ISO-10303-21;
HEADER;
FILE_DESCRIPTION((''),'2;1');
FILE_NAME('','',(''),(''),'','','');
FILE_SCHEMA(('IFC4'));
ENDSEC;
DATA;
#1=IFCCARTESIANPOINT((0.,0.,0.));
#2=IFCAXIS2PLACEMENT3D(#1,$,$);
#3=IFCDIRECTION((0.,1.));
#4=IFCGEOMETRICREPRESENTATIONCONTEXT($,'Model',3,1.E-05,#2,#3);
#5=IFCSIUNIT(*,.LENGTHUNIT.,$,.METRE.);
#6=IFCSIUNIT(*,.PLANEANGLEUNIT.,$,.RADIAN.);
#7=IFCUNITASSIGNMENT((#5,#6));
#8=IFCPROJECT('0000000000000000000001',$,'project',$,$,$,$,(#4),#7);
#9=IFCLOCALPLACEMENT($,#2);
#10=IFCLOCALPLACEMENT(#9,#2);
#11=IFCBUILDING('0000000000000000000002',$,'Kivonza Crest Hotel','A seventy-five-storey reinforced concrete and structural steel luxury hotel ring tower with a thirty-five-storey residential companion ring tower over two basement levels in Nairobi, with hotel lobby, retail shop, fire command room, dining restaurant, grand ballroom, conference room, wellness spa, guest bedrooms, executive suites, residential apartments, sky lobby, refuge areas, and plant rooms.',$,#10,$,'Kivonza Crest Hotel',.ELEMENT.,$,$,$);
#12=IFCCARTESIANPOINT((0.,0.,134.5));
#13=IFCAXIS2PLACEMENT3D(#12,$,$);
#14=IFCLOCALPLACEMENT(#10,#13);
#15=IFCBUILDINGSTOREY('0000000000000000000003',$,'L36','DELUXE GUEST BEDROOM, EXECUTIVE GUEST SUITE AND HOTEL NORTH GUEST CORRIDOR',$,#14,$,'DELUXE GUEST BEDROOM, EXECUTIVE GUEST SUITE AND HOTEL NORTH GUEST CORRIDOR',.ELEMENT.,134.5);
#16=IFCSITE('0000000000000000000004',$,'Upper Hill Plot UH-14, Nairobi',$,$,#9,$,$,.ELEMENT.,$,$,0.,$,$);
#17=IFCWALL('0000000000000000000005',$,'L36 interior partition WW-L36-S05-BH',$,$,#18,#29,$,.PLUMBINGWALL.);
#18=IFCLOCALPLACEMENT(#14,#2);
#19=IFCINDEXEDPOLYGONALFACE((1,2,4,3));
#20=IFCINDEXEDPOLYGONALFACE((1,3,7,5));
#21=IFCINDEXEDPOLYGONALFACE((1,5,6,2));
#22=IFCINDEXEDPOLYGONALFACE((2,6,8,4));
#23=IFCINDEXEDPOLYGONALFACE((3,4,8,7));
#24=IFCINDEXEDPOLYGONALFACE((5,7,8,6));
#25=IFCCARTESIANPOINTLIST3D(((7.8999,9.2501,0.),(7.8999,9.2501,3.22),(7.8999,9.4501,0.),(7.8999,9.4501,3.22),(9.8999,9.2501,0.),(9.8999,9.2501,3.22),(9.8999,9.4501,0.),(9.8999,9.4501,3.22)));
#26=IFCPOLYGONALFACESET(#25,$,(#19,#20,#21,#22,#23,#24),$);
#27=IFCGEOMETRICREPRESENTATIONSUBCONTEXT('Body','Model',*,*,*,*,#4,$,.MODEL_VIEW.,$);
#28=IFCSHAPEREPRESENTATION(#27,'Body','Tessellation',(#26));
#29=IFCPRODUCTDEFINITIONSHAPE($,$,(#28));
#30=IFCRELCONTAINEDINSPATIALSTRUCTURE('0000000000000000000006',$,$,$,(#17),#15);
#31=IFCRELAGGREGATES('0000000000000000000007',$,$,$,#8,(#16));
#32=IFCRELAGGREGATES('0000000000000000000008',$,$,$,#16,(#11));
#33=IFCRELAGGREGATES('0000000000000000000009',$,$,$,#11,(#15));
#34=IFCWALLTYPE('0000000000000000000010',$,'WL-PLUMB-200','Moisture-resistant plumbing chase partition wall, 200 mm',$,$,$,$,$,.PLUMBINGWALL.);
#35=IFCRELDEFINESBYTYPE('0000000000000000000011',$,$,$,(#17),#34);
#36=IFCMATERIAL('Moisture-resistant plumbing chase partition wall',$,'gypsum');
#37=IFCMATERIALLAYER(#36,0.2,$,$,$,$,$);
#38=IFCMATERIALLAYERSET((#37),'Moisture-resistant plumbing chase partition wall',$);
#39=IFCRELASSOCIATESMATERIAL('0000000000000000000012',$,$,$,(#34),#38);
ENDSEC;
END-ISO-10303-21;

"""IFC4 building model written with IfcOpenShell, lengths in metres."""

from ifc_helpers import new_model, si_unit, direction, frame, frame_2d, origin, place, context, subcontext, project, spatial, rectangle, extrude, material, layer, layer_set, type_object, element, save


model = new_model("IFC4")

# Units and contexts
model_context = context("Model", 3, precision=1e-05, world=origin(), true_north=direction((0.0, 1.0)))
body_context = subcontext(model_context, "Body", "Model", "MODEL_VIEW")
ifc_project = project(units=[si_unit("LENGTHUNIT", "METRE"), si_unit("PLANEANGLEUNIT", "RADIAN")], contexts=[model_context])

# Site, building, storey
site_placement = place(None, origin())
site = spatial("IfcSite", under=ifc_project, at=site_placement, Name="Upper Hill Plot UH-14, Nairobi", CompositionType="ELEMENT", RefElevation=0.0)
building_placement = place(site_placement, origin())
building = spatial("IfcBuilding", under=site, at=building_placement, Name="Kivonza Crest Hotel", Description="A seventy-five-storey reinforced concrete and structural steel luxury hotel ring tower with a thirty-five-storey residential companion ring tower over two basement levels in Nairobi, with hotel lobby, retail shop, fire command room, dining restaurant, grand ballroom, conference room, wellness spa, guest bedrooms, executive suites, residential apartments, sky lobby, refuge areas, and plant rooms.", LongName="Kivonza Crest Hotel", CompositionType="ELEMENT")
storey_placement = place(building_placement, frame((0.0, 0.0, 134.5)))
storey = spatial("IfcBuildingStorey", under=building, at=storey_placement, Name="L36", Description="DELUXE GUEST BEDROOM, EXECUTIVE GUEST SUITE AND HOTEL NORTH GUEST CORRIDOR", LongName="DELUXE GUEST BEDROOM, EXECUTIVE GUEST SUITE AND HOTEL NORTH GUEST CORRIDOR", CompositionType="ELEMENT", Elevation=134.5)

# Shared definitions
ifc_material_1 = material(Name="Moisture-resistant plumbing chase partition wall", Category="gypsum")
ifc_layer_1 = layer(ifc_material_1, 0.2)
ifc_layer_set_1 = layer_set([ifc_layer_1], Name="Moisture-resistant plumbing chase partition wall")
wall_type_1 = type_object("IfcWallType", Name="WL-PLUMB-200", Description="Moisture-resistant plumbing chase partition wall, 200 mm", PredefinedType="PLUMBINGWALL", material=ifc_layer_set_1)

# Wall
wall_1_placement = place(storey_placement, frame((7.8999, 9.3501, 0.0), z_axis=(0.0, 0.0, 1.0), x_axis=(1.0, 0.0, 0.0)))
element("IfcWall", 1, at=wall_1_placement, inside=storey, type_object=wall_type_1, Name="L36 interior partition WW-L36-S05-BH", PredefinedType="PLUMBINGWALL", context=body_context, shape_type="SweptSolid", body=[
    extrude(rectangle(XDim=2.0, YDim=0.2, at=frame_2d((1.0, 0.0))), origin(), (0.0, 0.0, 1.0), 3.22),
])

save(model, "model.ifc")
